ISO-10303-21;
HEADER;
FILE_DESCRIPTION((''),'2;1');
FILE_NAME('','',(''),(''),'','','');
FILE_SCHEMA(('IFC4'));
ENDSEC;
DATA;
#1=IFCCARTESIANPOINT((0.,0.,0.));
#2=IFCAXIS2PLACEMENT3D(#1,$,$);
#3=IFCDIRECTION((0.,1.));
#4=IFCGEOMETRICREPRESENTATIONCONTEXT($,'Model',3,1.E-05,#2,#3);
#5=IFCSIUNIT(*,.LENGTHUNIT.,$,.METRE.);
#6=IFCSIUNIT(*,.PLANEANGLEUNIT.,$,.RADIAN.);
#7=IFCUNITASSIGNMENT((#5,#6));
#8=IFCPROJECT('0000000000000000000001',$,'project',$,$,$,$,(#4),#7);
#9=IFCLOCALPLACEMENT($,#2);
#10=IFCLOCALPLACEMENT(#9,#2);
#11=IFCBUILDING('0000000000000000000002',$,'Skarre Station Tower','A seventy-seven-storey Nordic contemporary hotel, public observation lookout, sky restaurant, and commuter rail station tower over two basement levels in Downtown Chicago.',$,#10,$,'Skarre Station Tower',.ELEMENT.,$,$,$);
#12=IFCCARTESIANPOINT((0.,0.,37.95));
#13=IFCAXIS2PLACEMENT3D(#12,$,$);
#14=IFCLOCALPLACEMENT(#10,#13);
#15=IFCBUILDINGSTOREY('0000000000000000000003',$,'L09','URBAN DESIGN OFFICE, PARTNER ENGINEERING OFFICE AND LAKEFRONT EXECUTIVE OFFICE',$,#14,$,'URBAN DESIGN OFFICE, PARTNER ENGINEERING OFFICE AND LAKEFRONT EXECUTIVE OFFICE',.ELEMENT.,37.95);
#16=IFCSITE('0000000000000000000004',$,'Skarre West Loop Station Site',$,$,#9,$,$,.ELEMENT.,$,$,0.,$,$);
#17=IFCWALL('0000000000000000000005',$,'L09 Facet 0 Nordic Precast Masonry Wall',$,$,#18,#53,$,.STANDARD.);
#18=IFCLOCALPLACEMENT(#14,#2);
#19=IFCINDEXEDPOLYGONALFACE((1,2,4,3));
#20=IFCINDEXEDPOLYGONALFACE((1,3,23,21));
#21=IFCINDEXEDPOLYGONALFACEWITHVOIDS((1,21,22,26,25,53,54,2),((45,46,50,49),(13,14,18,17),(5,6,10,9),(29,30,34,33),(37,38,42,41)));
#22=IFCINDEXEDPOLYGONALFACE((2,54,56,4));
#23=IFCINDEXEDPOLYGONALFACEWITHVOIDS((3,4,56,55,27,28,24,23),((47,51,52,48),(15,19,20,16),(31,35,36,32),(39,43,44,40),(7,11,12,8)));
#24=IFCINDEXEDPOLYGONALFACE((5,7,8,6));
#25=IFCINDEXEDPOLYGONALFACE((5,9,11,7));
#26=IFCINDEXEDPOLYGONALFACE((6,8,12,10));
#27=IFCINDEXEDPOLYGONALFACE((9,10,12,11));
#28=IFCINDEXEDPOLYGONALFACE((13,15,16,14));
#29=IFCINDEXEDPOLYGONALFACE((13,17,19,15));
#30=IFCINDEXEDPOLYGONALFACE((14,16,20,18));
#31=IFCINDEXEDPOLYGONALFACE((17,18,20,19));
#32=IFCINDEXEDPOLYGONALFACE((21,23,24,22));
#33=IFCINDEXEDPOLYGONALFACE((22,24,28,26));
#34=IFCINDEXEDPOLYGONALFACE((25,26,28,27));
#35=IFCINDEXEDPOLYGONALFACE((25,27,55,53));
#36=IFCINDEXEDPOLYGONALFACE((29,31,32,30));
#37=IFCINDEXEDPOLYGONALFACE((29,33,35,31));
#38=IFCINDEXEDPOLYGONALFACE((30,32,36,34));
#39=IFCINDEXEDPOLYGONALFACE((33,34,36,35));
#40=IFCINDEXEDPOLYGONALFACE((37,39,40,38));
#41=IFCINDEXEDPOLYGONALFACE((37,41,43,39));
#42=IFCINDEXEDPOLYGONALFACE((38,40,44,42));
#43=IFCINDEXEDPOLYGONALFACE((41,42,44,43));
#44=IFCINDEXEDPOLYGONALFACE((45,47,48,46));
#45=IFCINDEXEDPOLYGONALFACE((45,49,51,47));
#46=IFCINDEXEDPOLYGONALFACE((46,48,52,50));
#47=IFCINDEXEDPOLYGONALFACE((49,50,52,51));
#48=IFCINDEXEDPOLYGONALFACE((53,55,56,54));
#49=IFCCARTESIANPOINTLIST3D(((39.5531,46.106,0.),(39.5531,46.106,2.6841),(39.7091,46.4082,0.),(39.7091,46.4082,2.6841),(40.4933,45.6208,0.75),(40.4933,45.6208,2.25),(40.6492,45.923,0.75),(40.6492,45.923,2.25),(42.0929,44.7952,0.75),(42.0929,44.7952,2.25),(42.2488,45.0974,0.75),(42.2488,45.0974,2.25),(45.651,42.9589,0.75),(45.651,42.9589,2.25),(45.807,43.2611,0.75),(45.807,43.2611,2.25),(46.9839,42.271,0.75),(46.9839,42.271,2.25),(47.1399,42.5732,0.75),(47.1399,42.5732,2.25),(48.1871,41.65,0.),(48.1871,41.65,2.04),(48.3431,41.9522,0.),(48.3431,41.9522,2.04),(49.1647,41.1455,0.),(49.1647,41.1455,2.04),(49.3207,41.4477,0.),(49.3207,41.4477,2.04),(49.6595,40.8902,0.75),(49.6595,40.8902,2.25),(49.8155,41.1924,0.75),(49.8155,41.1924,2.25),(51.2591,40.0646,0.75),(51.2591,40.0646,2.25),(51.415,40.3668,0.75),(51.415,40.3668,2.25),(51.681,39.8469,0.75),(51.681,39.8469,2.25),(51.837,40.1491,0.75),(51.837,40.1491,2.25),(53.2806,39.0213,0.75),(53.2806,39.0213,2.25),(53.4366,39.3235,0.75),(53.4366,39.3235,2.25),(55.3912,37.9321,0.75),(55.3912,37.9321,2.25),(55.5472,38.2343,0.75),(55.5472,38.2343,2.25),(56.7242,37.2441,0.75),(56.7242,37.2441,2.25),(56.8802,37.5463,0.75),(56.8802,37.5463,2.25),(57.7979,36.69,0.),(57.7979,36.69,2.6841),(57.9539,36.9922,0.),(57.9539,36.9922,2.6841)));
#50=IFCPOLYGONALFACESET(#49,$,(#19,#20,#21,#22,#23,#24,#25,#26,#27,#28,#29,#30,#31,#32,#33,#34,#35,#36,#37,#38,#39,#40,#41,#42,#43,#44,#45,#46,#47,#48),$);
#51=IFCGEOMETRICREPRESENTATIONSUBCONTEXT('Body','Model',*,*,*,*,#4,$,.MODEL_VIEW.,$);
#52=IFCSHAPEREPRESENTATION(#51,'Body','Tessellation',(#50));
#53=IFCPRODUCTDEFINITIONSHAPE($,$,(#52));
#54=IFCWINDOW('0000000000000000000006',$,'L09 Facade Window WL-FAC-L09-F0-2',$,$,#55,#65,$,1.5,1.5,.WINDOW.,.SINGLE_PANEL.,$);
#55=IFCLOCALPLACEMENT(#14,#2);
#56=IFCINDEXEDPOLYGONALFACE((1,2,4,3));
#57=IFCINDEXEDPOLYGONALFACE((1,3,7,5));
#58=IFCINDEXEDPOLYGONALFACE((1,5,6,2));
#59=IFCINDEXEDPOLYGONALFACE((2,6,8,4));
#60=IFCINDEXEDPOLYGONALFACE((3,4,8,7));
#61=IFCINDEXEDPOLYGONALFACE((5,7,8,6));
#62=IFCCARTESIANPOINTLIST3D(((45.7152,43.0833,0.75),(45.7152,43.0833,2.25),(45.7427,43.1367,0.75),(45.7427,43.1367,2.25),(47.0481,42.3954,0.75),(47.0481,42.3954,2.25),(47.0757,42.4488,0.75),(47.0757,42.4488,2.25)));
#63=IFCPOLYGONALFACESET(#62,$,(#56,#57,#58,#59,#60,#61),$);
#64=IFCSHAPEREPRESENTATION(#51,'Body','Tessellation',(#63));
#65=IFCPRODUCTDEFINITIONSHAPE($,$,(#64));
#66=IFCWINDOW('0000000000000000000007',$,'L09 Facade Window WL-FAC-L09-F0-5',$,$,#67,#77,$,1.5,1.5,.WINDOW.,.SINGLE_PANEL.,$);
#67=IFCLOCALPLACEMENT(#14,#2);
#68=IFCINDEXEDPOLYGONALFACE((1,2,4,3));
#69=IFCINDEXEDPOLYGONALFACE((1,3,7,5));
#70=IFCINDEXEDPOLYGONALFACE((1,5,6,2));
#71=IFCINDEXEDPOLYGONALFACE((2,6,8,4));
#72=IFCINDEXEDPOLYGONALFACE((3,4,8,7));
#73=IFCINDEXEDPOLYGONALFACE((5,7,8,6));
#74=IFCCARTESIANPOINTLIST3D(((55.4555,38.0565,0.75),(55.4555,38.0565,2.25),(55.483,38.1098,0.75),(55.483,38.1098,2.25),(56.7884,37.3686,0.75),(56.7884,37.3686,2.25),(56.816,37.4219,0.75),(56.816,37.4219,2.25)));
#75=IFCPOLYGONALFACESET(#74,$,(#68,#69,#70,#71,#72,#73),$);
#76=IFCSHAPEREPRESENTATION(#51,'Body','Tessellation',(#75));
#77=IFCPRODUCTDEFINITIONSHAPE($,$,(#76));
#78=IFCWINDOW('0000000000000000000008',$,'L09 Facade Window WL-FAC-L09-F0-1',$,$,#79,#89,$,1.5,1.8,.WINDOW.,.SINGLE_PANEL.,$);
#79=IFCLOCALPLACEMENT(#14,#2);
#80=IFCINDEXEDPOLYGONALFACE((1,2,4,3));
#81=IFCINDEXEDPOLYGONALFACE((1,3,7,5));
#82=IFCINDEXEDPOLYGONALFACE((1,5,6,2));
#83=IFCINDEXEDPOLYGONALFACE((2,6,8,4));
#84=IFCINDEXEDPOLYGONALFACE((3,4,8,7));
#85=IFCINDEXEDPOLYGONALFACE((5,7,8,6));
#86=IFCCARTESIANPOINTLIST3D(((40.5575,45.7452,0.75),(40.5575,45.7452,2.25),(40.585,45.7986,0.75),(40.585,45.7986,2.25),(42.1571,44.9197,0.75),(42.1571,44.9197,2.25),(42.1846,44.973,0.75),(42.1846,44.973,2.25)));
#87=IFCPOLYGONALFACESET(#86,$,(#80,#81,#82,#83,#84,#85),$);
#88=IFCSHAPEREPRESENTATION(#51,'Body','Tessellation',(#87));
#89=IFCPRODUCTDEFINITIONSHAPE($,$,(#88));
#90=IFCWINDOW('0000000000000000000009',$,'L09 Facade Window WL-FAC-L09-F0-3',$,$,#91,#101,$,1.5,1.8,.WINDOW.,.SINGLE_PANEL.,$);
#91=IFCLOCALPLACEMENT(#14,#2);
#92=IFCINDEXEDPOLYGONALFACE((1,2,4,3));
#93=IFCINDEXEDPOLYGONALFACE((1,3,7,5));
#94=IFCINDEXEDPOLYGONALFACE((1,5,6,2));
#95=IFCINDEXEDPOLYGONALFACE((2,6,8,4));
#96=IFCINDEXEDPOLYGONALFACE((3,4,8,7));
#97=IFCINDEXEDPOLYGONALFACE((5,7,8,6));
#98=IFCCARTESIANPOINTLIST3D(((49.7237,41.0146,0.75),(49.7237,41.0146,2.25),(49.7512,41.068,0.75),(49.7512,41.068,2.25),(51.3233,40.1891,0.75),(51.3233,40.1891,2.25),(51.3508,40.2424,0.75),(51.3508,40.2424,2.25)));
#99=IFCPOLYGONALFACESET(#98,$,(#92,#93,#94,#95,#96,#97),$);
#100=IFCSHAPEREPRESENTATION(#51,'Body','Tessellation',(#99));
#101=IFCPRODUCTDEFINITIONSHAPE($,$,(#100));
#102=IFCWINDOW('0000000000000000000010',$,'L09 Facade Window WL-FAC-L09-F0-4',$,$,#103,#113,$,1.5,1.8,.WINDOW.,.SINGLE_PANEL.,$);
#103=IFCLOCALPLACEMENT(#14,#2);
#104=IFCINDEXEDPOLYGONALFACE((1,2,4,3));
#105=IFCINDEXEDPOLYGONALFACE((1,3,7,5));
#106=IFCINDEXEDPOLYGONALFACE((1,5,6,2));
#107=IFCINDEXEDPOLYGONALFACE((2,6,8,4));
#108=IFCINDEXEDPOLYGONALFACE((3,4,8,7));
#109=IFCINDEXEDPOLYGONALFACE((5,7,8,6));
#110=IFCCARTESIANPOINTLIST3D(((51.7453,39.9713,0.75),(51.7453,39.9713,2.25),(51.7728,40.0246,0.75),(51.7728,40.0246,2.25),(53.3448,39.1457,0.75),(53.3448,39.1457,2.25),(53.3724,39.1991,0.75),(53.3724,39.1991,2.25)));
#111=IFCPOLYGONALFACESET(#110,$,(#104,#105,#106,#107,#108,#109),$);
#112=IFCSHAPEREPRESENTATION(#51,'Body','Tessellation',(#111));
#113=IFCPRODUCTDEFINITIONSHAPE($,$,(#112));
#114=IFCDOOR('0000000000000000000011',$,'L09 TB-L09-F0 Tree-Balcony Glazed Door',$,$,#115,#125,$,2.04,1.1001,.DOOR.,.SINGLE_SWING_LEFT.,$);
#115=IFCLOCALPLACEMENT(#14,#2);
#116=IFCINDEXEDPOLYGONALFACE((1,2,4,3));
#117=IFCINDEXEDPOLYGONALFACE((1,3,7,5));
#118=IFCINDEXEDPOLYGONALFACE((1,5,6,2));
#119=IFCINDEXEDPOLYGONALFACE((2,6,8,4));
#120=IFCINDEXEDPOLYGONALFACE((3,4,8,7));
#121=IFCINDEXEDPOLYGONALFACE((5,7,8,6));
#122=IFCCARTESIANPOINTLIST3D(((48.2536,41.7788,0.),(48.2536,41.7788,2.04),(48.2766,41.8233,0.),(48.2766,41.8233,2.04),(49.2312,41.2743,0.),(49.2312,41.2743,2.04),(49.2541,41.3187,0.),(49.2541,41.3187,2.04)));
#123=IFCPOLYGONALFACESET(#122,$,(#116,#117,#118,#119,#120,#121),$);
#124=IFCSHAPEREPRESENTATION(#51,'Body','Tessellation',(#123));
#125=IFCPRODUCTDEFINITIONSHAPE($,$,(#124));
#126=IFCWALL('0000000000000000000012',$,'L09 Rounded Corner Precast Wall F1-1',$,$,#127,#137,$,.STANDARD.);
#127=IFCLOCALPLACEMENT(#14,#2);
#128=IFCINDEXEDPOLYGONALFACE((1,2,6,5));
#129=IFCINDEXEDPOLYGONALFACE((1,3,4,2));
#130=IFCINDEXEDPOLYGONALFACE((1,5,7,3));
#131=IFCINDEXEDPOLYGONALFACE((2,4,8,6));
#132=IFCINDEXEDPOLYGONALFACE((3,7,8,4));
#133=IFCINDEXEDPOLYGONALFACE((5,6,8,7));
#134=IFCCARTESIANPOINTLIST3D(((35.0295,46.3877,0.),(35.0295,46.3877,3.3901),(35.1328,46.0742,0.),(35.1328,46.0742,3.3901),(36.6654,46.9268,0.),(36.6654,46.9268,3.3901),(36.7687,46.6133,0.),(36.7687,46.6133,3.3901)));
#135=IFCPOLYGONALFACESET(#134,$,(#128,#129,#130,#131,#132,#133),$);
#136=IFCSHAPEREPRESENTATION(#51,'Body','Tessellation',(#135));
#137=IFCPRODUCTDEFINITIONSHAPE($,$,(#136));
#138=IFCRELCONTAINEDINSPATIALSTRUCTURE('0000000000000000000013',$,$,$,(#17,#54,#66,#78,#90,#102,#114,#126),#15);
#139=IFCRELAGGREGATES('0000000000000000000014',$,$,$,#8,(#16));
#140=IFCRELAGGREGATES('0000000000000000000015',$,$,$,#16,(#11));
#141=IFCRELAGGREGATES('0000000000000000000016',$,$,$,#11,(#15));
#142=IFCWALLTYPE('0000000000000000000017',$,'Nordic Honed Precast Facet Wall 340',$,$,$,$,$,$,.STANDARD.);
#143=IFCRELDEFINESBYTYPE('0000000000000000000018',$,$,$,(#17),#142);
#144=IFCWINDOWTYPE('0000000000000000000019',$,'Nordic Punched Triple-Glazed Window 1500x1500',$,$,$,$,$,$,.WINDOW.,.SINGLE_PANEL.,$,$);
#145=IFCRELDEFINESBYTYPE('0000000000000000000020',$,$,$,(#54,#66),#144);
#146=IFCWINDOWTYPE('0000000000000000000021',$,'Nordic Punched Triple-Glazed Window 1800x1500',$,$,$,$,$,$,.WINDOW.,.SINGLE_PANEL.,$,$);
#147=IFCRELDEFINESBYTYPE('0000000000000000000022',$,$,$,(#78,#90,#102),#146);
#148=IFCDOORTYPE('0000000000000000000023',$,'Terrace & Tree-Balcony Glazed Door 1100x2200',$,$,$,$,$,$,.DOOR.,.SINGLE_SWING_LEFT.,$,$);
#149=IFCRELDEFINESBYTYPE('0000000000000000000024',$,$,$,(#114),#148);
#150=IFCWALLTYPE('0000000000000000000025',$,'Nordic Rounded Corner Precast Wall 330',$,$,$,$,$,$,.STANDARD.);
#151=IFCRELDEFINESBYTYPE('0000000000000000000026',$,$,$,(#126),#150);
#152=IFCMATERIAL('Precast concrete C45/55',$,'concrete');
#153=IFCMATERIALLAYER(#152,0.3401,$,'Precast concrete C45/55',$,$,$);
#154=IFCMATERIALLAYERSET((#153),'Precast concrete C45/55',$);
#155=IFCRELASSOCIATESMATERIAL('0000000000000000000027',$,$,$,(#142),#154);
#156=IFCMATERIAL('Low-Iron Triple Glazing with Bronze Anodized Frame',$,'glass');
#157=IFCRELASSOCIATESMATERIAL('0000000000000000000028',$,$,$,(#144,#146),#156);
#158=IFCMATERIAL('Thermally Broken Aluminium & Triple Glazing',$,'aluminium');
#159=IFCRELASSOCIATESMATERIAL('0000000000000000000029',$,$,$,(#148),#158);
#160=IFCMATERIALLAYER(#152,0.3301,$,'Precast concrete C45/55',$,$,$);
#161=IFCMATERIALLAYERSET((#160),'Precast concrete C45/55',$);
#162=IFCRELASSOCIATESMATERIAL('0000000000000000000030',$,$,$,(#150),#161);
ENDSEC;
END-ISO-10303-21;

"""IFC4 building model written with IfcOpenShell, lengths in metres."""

from ifc_helpers import new_model, si_unit, direction, frame, frame_2d, origin, place, context, subcontext, project, spatial, rectangle, extrude, material, layer, layer_set, type_object, element, fill, save


model = new_model("IFC4")

# Units and contexts
model_context = context("Model", 3, precision=1e-05, world=origin(), true_north=direction((0.0, 1.0)))
body_context = subcontext(model_context, "Body", "Model", "MODEL_VIEW")
ifc_project = project(units=[si_unit("LENGTHUNIT", "METRE"), si_unit("PLANEANGLEUNIT", "RADIAN")], contexts=[model_context])

# Site, building, storey
site_placement = place(None, origin())
site = spatial("IfcSite", under=ifc_project, at=site_placement, Name="Skarre West Loop Station Site", CompositionType="ELEMENT", RefElevation=0.0)
building_placement = place(site_placement, origin())
building = spatial("IfcBuilding", under=site, at=building_placement, Name="Skarre Station Tower", Description="A seventy-seven-storey Nordic contemporary hotel, public observation lookout, sky restaurant, and commuter rail station tower over two basement levels in Downtown Chicago.", LongName="Skarre Station Tower", CompositionType="ELEMENT")
storey_placement = place(building_placement, frame((0.0, 0.0, 37.95)))
storey = spatial("IfcBuildingStorey", under=building, at=storey_placement, Name="L09", Description="URBAN DESIGN OFFICE, PARTNER ENGINEERING OFFICE AND LAKEFRONT EXECUTIVE OFFICE", LongName="URBAN DESIGN OFFICE, PARTNER ENGINEERING OFFICE AND LAKEFRONT EXECUTIVE OFFICE", CompositionType="ELEMENT", Elevation=37.95)

# Wall, openings, windows, door
ifc_material_1 = material(Name="Precast concrete C45/55", Category="concrete")
ifc_layer_1 = layer(ifc_material_1, 0.3401, Name="Precast concrete C45/55")
ifc_layer_set_1 = layer_set([ifc_layer_1], Name="Precast concrete C45/55")
wall_type_1 = type_object("IfcWallType", Name="Nordic Honed Precast Facet Wall 340", PredefinedType="STANDARD", material=ifc_layer_set_1)
wall_1_placement = place(storey_placement, frame((39.6311, 46.2571, 0.0), z_axis=(0.0, 0.0, 1.0), x_axis=(0.888634, -0.458616, 0.0)))
wall_1 = element("IfcWall", 1, at=wall_1_placement, inside=storey, type_object=wall_type_1, Name="L09 Facet 0 Nordic Precast Masonry Wall", PredefinedType="STANDARD", context=body_context, shape_type="SweptSolid", body=[
    extrude(rectangle(XDim=20.5312, YDim=0.3401, at=frame_2d((10.2656, 0.0))), origin(), (0.0, 0.0, 1.0), 2.6841),
])
opening_1_placement = place(wall_1_placement, frame((9.7161, 0.0, 0.0)))
opening_1 = element("IfcOpeningElement", 2, at=opening_1_placement, cuts=wall_1, PredefinedType="OPENING", context=body_context, shape_type="SweptSolid", body=[
    extrude(rectangle(XDim=1.1001, YDim=2.04, at=frame_2d((0.55, 1.02))), frame((0.0, 0.1799, 0.0), z_axis=(0.0, -1.0, 0.0), x_axis=(1.0, 0.0, 0.0)), (0.0, 0.0, 1.0), 0.3601),
])
opening_2_placement = place(wall_1_placement, frame((1.0581, 0.0, 0.75)))
opening_2 = element("IfcOpeningElement", 3, at=opening_2_placement, cuts=wall_1, PredefinedType="OPENING", context=body_context, shape_type="SweptSolid", body=[
    extrude(rectangle(XDim=1.8, YDim=1.5, at=frame_2d((0.8999, 0.75))), frame((0.0, 0.1799, 0.0), z_axis=(0.0, -1.0, 0.0), x_axis=(1.0, 0.0, 0.0)), (0.0, 0.0, 1.0), 0.3601),
])
opening_3_placement = place(wall_1_placement, frame((6.8621, 0.0, 0.75)))
opening_3 = element("IfcOpeningElement", 4, at=opening_3_placement, cuts=wall_1, PredefinedType="OPENING", context=body_context, shape_type="SweptSolid", body=[
    extrude(rectangle(XDim=1.5, YDim=1.5, at=frame_2d((0.75, 0.75))), frame((0.0, 0.1799, 0.0), z_axis=(0.0, -1.0, 0.0), x_axis=(1.0, 0.0, 0.0)), (0.0, 0.0, 1.0), 0.3601),
])
opening_4_placement = place(wall_1_placement, frame((11.373, 0.0, 0.75)))
opening_4 = element("IfcOpeningElement", 5, at=opening_4_placement, cuts=wall_1, PredefinedType="OPENING", context=body_context, shape_type="SweptSolid", body=[
    extrude(rectangle(XDim=1.8, YDim=1.5, at=frame_2d((0.8999, 0.75))), frame((0.0, 0.1799, 0.0), z_axis=(0.0, -1.0, 0.0), x_axis=(1.0, 0.0, 0.0)), (0.0, 0.0, 1.0), 0.3601),
])
opening_5_placement = place(wall_1_placement, frame((13.6479, 0.0, 0.75)))
opening_5 = element("IfcOpeningElement", 6, at=opening_5_placement, cuts=wall_1, PredefinedType="OPENING", context=body_context, shape_type="SweptSolid", body=[
    extrude(rectangle(XDim=1.8, YDim=1.5, at=frame_2d((0.8999, 0.75))), frame((0.0, 0.1799, 0.0), z_axis=(0.0, -1.0, 0.0), x_axis=(1.0, 0.0, 0.0)), (0.0, 0.0, 1.0), 0.3601),
])
opening_6_placement = place(wall_1_placement, frame((17.823, 0.0, 0.75)))
opening_6 = element("IfcOpeningElement", 7, at=opening_6_placement, cuts=wall_1, PredefinedType="OPENING", context=body_context, shape_type="SweptSolid", body=[
    extrude(rectangle(XDim=1.5, YDim=1.5, at=frame_2d((0.75, 0.75))), frame((0.0, 0.1799, 0.0), z_axis=(0.0, -1.0, 0.0), x_axis=(1.0, 0.0, 0.0)), (0.0, 0.0, 1.0), 0.3601),
])
ifc_material_2 = material(Name="Low-Iron Triple Glazing with Bronze Anodized Frame", Category="glass")
window_type_1 = type_object("IfcWindowType", Name="Nordic Punched Triple-Glazed Window 1500x1500", PartitioningType="SINGLE_PANEL", PredefinedType="WINDOW", material=ifc_material_2)
window_1_placement = place(opening_3_placement, origin())
window_1 = element("IfcWindow", 8, at=window_1_placement, inside=storey, type_object=window_type_1, Name="L09 Facade Window WL-FAC-L09-F0-2", OverallHeight=1.5, OverallWidth=1.5, PartitioningType="SINGLE_PANEL", PredefinedType="WINDOW", context=body_context, shape_type="SweptSolid", body=[
    extrude(rectangle(XDim=1.5, YDim=1.5, at=frame_2d((0.75, 0.75))), frame((0.0, 0.03, 0.0), z_axis=(0.0, -1.0, 0.0), x_axis=(1.0, 0.0, 0.0)), (0.0, 0.0, 1.0), 0.0601),
])
fill(opening_3, window_1)
window_2_placement = place(opening_6_placement, origin())
window_2 = element("IfcWindow", 9, at=window_2_placement, inside=storey, type_object=window_type_1, Name="L09 Facade Window WL-FAC-L09-F0-5", OverallHeight=1.5, OverallWidth=1.5, PartitioningType="SINGLE_PANEL", PredefinedType="WINDOW", context=body_context, shape_type="SweptSolid", body=[
    extrude(rectangle(XDim=1.5, YDim=1.5, at=frame_2d((0.75, 0.75))), frame((0.0, 0.03, 0.0), z_axis=(0.0, -1.0, 0.0), x_axis=(1.0, 0.0, 0.0)), (0.0, 0.0, 1.0), 0.0601),
])
fill(opening_6, window_2)
window_type_2 = type_object("IfcWindowType", Name="Nordic Punched Triple-Glazed Window 1800x1500", PartitioningType="SINGLE_PANEL", PredefinedType="WINDOW", material=ifc_material_2)
window_3_placement = place(opening_2_placement, origin())
window_3 = element("IfcWindow", 10, at=window_3_placement, inside=storey, type_object=window_type_2, Name="L09 Facade Window WL-FAC-L09-F0-1", OverallHeight=1.5, OverallWidth=1.8, PartitioningType="SINGLE_PANEL", PredefinedType="WINDOW", context=body_context, shape_type="SweptSolid", body=[
    extrude(rectangle(XDim=1.8, YDim=1.5, at=frame_2d((0.8999, 0.75))), frame((0.0, 0.03, 0.0), z_axis=(0.0, -1.0, 0.0), x_axis=(1.0, 0.0, 0.0)), (0.0, 0.0, 1.0), 0.0601),
])
fill(opening_2, window_3)
window_4_placement = place(opening_4_placement, origin())
window_4 = element("IfcWindow", 11, at=window_4_placement, inside=storey, type_object=window_type_2, Name="L09 Facade Window WL-FAC-L09-F0-3", OverallHeight=1.5, OverallWidth=1.8, PartitioningType="SINGLE_PANEL", PredefinedType="WINDOW", context=body_context, shape_type="SweptSolid", body=[
    extrude(rectangle(XDim=1.8, YDim=1.5, at=frame_2d((0.8999, 0.75))), frame((0.0, 0.03, 0.0), z_axis=(0.0, -1.0, 0.0), x_axis=(1.0, 0.0, 0.0)), (0.0, 0.0, 1.0), 0.0601),
])
fill(opening_4, window_4)
window_5_placement = place(opening_5_placement, origin())
window_5 = element("IfcWindow", 12, at=window_5_placement, inside=storey, type_object=window_type_2, Name="L09 Facade Window WL-FAC-L09-F0-4", OverallHeight=1.5, OverallWidth=1.8, PartitioningType="SINGLE_PANEL", PredefinedType="WINDOW", context=body_context, shape_type="SweptSolid", body=[
    extrude(rectangle(XDim=1.8, YDim=1.5, at=frame_2d((0.8999, 0.75))), frame((0.0, 0.03, 0.0), z_axis=(0.0, -1.0, 0.0), x_axis=(1.0, 0.0, 0.0)), (0.0, 0.0, 1.0), 0.0601),
])
fill(opening_5, window_5)
ifc_material_3 = material(Name="Thermally Broken Aluminium & Triple Glazing", Category="aluminium")
door_type_1 = type_object("IfcDoorType", Name="Terrace & Tree-Balcony Glazed Door 1100x2200", OperationType="SINGLE_SWING_LEFT", PredefinedType="DOOR", material=ifc_material_3)
door_1_placement = place(opening_1_placement, origin())
door_1 = element("IfcDoor", 13, at=door_1_placement, inside=storey, type_object=door_type_1, Name="L09 TB-L09-F0 Tree-Balcony Glazed Door", OperationType="SINGLE_SWING_LEFT", OverallHeight=2.04, OverallWidth=1.1001, PredefinedType="DOOR", context=body_context, shape_type="SweptSolid", body=[
    extrude(rectangle(XDim=1.1001, YDim=2.04, at=frame_2d((0.55, 1.02))), frame((0.0, 0.0249, 0.0), z_axis=(0.0, -1.0, 0.0), x_axis=(1.0, 0.0, 0.0)), (0.0, 0.0, 1.0), 0.05),
])
fill(opening_1, door_1)

# Wall
ifc_layer_2 = layer(ifc_material_1, 0.3301, Name="Precast concrete C45/55")
ifc_layer_set_2 = layer_set([ifc_layer_2], Name="Precast concrete C45/55")
wall_type_2 = type_object("IfcWallType", Name="Nordic Rounded Corner Precast Wall 330", PredefinedType="STANDARD", material=ifc_layer_set_2)
wall_2_placement = place(storey_placement, frame((35.0811, 46.231, 0.0), z_axis=(0.0, 0.0, 1.0), x_axis=(0.949769, 0.312952, 0.0)))
element("IfcWall", 14, at=wall_2_placement, inside=storey, type_object=wall_type_2, Name="L09 Rounded Corner Precast Wall F1-1", PredefinedType="STANDARD", context=body_context, shape_type="SweptSolid", body=[
    extrude(rectangle(XDim=1.7224, YDim=0.3301, at=frame_2d((0.8613, 0.0))), origin(), (0.0, 0.0, 1.0), 3.3901),
])

save(model, "model.ifc")
